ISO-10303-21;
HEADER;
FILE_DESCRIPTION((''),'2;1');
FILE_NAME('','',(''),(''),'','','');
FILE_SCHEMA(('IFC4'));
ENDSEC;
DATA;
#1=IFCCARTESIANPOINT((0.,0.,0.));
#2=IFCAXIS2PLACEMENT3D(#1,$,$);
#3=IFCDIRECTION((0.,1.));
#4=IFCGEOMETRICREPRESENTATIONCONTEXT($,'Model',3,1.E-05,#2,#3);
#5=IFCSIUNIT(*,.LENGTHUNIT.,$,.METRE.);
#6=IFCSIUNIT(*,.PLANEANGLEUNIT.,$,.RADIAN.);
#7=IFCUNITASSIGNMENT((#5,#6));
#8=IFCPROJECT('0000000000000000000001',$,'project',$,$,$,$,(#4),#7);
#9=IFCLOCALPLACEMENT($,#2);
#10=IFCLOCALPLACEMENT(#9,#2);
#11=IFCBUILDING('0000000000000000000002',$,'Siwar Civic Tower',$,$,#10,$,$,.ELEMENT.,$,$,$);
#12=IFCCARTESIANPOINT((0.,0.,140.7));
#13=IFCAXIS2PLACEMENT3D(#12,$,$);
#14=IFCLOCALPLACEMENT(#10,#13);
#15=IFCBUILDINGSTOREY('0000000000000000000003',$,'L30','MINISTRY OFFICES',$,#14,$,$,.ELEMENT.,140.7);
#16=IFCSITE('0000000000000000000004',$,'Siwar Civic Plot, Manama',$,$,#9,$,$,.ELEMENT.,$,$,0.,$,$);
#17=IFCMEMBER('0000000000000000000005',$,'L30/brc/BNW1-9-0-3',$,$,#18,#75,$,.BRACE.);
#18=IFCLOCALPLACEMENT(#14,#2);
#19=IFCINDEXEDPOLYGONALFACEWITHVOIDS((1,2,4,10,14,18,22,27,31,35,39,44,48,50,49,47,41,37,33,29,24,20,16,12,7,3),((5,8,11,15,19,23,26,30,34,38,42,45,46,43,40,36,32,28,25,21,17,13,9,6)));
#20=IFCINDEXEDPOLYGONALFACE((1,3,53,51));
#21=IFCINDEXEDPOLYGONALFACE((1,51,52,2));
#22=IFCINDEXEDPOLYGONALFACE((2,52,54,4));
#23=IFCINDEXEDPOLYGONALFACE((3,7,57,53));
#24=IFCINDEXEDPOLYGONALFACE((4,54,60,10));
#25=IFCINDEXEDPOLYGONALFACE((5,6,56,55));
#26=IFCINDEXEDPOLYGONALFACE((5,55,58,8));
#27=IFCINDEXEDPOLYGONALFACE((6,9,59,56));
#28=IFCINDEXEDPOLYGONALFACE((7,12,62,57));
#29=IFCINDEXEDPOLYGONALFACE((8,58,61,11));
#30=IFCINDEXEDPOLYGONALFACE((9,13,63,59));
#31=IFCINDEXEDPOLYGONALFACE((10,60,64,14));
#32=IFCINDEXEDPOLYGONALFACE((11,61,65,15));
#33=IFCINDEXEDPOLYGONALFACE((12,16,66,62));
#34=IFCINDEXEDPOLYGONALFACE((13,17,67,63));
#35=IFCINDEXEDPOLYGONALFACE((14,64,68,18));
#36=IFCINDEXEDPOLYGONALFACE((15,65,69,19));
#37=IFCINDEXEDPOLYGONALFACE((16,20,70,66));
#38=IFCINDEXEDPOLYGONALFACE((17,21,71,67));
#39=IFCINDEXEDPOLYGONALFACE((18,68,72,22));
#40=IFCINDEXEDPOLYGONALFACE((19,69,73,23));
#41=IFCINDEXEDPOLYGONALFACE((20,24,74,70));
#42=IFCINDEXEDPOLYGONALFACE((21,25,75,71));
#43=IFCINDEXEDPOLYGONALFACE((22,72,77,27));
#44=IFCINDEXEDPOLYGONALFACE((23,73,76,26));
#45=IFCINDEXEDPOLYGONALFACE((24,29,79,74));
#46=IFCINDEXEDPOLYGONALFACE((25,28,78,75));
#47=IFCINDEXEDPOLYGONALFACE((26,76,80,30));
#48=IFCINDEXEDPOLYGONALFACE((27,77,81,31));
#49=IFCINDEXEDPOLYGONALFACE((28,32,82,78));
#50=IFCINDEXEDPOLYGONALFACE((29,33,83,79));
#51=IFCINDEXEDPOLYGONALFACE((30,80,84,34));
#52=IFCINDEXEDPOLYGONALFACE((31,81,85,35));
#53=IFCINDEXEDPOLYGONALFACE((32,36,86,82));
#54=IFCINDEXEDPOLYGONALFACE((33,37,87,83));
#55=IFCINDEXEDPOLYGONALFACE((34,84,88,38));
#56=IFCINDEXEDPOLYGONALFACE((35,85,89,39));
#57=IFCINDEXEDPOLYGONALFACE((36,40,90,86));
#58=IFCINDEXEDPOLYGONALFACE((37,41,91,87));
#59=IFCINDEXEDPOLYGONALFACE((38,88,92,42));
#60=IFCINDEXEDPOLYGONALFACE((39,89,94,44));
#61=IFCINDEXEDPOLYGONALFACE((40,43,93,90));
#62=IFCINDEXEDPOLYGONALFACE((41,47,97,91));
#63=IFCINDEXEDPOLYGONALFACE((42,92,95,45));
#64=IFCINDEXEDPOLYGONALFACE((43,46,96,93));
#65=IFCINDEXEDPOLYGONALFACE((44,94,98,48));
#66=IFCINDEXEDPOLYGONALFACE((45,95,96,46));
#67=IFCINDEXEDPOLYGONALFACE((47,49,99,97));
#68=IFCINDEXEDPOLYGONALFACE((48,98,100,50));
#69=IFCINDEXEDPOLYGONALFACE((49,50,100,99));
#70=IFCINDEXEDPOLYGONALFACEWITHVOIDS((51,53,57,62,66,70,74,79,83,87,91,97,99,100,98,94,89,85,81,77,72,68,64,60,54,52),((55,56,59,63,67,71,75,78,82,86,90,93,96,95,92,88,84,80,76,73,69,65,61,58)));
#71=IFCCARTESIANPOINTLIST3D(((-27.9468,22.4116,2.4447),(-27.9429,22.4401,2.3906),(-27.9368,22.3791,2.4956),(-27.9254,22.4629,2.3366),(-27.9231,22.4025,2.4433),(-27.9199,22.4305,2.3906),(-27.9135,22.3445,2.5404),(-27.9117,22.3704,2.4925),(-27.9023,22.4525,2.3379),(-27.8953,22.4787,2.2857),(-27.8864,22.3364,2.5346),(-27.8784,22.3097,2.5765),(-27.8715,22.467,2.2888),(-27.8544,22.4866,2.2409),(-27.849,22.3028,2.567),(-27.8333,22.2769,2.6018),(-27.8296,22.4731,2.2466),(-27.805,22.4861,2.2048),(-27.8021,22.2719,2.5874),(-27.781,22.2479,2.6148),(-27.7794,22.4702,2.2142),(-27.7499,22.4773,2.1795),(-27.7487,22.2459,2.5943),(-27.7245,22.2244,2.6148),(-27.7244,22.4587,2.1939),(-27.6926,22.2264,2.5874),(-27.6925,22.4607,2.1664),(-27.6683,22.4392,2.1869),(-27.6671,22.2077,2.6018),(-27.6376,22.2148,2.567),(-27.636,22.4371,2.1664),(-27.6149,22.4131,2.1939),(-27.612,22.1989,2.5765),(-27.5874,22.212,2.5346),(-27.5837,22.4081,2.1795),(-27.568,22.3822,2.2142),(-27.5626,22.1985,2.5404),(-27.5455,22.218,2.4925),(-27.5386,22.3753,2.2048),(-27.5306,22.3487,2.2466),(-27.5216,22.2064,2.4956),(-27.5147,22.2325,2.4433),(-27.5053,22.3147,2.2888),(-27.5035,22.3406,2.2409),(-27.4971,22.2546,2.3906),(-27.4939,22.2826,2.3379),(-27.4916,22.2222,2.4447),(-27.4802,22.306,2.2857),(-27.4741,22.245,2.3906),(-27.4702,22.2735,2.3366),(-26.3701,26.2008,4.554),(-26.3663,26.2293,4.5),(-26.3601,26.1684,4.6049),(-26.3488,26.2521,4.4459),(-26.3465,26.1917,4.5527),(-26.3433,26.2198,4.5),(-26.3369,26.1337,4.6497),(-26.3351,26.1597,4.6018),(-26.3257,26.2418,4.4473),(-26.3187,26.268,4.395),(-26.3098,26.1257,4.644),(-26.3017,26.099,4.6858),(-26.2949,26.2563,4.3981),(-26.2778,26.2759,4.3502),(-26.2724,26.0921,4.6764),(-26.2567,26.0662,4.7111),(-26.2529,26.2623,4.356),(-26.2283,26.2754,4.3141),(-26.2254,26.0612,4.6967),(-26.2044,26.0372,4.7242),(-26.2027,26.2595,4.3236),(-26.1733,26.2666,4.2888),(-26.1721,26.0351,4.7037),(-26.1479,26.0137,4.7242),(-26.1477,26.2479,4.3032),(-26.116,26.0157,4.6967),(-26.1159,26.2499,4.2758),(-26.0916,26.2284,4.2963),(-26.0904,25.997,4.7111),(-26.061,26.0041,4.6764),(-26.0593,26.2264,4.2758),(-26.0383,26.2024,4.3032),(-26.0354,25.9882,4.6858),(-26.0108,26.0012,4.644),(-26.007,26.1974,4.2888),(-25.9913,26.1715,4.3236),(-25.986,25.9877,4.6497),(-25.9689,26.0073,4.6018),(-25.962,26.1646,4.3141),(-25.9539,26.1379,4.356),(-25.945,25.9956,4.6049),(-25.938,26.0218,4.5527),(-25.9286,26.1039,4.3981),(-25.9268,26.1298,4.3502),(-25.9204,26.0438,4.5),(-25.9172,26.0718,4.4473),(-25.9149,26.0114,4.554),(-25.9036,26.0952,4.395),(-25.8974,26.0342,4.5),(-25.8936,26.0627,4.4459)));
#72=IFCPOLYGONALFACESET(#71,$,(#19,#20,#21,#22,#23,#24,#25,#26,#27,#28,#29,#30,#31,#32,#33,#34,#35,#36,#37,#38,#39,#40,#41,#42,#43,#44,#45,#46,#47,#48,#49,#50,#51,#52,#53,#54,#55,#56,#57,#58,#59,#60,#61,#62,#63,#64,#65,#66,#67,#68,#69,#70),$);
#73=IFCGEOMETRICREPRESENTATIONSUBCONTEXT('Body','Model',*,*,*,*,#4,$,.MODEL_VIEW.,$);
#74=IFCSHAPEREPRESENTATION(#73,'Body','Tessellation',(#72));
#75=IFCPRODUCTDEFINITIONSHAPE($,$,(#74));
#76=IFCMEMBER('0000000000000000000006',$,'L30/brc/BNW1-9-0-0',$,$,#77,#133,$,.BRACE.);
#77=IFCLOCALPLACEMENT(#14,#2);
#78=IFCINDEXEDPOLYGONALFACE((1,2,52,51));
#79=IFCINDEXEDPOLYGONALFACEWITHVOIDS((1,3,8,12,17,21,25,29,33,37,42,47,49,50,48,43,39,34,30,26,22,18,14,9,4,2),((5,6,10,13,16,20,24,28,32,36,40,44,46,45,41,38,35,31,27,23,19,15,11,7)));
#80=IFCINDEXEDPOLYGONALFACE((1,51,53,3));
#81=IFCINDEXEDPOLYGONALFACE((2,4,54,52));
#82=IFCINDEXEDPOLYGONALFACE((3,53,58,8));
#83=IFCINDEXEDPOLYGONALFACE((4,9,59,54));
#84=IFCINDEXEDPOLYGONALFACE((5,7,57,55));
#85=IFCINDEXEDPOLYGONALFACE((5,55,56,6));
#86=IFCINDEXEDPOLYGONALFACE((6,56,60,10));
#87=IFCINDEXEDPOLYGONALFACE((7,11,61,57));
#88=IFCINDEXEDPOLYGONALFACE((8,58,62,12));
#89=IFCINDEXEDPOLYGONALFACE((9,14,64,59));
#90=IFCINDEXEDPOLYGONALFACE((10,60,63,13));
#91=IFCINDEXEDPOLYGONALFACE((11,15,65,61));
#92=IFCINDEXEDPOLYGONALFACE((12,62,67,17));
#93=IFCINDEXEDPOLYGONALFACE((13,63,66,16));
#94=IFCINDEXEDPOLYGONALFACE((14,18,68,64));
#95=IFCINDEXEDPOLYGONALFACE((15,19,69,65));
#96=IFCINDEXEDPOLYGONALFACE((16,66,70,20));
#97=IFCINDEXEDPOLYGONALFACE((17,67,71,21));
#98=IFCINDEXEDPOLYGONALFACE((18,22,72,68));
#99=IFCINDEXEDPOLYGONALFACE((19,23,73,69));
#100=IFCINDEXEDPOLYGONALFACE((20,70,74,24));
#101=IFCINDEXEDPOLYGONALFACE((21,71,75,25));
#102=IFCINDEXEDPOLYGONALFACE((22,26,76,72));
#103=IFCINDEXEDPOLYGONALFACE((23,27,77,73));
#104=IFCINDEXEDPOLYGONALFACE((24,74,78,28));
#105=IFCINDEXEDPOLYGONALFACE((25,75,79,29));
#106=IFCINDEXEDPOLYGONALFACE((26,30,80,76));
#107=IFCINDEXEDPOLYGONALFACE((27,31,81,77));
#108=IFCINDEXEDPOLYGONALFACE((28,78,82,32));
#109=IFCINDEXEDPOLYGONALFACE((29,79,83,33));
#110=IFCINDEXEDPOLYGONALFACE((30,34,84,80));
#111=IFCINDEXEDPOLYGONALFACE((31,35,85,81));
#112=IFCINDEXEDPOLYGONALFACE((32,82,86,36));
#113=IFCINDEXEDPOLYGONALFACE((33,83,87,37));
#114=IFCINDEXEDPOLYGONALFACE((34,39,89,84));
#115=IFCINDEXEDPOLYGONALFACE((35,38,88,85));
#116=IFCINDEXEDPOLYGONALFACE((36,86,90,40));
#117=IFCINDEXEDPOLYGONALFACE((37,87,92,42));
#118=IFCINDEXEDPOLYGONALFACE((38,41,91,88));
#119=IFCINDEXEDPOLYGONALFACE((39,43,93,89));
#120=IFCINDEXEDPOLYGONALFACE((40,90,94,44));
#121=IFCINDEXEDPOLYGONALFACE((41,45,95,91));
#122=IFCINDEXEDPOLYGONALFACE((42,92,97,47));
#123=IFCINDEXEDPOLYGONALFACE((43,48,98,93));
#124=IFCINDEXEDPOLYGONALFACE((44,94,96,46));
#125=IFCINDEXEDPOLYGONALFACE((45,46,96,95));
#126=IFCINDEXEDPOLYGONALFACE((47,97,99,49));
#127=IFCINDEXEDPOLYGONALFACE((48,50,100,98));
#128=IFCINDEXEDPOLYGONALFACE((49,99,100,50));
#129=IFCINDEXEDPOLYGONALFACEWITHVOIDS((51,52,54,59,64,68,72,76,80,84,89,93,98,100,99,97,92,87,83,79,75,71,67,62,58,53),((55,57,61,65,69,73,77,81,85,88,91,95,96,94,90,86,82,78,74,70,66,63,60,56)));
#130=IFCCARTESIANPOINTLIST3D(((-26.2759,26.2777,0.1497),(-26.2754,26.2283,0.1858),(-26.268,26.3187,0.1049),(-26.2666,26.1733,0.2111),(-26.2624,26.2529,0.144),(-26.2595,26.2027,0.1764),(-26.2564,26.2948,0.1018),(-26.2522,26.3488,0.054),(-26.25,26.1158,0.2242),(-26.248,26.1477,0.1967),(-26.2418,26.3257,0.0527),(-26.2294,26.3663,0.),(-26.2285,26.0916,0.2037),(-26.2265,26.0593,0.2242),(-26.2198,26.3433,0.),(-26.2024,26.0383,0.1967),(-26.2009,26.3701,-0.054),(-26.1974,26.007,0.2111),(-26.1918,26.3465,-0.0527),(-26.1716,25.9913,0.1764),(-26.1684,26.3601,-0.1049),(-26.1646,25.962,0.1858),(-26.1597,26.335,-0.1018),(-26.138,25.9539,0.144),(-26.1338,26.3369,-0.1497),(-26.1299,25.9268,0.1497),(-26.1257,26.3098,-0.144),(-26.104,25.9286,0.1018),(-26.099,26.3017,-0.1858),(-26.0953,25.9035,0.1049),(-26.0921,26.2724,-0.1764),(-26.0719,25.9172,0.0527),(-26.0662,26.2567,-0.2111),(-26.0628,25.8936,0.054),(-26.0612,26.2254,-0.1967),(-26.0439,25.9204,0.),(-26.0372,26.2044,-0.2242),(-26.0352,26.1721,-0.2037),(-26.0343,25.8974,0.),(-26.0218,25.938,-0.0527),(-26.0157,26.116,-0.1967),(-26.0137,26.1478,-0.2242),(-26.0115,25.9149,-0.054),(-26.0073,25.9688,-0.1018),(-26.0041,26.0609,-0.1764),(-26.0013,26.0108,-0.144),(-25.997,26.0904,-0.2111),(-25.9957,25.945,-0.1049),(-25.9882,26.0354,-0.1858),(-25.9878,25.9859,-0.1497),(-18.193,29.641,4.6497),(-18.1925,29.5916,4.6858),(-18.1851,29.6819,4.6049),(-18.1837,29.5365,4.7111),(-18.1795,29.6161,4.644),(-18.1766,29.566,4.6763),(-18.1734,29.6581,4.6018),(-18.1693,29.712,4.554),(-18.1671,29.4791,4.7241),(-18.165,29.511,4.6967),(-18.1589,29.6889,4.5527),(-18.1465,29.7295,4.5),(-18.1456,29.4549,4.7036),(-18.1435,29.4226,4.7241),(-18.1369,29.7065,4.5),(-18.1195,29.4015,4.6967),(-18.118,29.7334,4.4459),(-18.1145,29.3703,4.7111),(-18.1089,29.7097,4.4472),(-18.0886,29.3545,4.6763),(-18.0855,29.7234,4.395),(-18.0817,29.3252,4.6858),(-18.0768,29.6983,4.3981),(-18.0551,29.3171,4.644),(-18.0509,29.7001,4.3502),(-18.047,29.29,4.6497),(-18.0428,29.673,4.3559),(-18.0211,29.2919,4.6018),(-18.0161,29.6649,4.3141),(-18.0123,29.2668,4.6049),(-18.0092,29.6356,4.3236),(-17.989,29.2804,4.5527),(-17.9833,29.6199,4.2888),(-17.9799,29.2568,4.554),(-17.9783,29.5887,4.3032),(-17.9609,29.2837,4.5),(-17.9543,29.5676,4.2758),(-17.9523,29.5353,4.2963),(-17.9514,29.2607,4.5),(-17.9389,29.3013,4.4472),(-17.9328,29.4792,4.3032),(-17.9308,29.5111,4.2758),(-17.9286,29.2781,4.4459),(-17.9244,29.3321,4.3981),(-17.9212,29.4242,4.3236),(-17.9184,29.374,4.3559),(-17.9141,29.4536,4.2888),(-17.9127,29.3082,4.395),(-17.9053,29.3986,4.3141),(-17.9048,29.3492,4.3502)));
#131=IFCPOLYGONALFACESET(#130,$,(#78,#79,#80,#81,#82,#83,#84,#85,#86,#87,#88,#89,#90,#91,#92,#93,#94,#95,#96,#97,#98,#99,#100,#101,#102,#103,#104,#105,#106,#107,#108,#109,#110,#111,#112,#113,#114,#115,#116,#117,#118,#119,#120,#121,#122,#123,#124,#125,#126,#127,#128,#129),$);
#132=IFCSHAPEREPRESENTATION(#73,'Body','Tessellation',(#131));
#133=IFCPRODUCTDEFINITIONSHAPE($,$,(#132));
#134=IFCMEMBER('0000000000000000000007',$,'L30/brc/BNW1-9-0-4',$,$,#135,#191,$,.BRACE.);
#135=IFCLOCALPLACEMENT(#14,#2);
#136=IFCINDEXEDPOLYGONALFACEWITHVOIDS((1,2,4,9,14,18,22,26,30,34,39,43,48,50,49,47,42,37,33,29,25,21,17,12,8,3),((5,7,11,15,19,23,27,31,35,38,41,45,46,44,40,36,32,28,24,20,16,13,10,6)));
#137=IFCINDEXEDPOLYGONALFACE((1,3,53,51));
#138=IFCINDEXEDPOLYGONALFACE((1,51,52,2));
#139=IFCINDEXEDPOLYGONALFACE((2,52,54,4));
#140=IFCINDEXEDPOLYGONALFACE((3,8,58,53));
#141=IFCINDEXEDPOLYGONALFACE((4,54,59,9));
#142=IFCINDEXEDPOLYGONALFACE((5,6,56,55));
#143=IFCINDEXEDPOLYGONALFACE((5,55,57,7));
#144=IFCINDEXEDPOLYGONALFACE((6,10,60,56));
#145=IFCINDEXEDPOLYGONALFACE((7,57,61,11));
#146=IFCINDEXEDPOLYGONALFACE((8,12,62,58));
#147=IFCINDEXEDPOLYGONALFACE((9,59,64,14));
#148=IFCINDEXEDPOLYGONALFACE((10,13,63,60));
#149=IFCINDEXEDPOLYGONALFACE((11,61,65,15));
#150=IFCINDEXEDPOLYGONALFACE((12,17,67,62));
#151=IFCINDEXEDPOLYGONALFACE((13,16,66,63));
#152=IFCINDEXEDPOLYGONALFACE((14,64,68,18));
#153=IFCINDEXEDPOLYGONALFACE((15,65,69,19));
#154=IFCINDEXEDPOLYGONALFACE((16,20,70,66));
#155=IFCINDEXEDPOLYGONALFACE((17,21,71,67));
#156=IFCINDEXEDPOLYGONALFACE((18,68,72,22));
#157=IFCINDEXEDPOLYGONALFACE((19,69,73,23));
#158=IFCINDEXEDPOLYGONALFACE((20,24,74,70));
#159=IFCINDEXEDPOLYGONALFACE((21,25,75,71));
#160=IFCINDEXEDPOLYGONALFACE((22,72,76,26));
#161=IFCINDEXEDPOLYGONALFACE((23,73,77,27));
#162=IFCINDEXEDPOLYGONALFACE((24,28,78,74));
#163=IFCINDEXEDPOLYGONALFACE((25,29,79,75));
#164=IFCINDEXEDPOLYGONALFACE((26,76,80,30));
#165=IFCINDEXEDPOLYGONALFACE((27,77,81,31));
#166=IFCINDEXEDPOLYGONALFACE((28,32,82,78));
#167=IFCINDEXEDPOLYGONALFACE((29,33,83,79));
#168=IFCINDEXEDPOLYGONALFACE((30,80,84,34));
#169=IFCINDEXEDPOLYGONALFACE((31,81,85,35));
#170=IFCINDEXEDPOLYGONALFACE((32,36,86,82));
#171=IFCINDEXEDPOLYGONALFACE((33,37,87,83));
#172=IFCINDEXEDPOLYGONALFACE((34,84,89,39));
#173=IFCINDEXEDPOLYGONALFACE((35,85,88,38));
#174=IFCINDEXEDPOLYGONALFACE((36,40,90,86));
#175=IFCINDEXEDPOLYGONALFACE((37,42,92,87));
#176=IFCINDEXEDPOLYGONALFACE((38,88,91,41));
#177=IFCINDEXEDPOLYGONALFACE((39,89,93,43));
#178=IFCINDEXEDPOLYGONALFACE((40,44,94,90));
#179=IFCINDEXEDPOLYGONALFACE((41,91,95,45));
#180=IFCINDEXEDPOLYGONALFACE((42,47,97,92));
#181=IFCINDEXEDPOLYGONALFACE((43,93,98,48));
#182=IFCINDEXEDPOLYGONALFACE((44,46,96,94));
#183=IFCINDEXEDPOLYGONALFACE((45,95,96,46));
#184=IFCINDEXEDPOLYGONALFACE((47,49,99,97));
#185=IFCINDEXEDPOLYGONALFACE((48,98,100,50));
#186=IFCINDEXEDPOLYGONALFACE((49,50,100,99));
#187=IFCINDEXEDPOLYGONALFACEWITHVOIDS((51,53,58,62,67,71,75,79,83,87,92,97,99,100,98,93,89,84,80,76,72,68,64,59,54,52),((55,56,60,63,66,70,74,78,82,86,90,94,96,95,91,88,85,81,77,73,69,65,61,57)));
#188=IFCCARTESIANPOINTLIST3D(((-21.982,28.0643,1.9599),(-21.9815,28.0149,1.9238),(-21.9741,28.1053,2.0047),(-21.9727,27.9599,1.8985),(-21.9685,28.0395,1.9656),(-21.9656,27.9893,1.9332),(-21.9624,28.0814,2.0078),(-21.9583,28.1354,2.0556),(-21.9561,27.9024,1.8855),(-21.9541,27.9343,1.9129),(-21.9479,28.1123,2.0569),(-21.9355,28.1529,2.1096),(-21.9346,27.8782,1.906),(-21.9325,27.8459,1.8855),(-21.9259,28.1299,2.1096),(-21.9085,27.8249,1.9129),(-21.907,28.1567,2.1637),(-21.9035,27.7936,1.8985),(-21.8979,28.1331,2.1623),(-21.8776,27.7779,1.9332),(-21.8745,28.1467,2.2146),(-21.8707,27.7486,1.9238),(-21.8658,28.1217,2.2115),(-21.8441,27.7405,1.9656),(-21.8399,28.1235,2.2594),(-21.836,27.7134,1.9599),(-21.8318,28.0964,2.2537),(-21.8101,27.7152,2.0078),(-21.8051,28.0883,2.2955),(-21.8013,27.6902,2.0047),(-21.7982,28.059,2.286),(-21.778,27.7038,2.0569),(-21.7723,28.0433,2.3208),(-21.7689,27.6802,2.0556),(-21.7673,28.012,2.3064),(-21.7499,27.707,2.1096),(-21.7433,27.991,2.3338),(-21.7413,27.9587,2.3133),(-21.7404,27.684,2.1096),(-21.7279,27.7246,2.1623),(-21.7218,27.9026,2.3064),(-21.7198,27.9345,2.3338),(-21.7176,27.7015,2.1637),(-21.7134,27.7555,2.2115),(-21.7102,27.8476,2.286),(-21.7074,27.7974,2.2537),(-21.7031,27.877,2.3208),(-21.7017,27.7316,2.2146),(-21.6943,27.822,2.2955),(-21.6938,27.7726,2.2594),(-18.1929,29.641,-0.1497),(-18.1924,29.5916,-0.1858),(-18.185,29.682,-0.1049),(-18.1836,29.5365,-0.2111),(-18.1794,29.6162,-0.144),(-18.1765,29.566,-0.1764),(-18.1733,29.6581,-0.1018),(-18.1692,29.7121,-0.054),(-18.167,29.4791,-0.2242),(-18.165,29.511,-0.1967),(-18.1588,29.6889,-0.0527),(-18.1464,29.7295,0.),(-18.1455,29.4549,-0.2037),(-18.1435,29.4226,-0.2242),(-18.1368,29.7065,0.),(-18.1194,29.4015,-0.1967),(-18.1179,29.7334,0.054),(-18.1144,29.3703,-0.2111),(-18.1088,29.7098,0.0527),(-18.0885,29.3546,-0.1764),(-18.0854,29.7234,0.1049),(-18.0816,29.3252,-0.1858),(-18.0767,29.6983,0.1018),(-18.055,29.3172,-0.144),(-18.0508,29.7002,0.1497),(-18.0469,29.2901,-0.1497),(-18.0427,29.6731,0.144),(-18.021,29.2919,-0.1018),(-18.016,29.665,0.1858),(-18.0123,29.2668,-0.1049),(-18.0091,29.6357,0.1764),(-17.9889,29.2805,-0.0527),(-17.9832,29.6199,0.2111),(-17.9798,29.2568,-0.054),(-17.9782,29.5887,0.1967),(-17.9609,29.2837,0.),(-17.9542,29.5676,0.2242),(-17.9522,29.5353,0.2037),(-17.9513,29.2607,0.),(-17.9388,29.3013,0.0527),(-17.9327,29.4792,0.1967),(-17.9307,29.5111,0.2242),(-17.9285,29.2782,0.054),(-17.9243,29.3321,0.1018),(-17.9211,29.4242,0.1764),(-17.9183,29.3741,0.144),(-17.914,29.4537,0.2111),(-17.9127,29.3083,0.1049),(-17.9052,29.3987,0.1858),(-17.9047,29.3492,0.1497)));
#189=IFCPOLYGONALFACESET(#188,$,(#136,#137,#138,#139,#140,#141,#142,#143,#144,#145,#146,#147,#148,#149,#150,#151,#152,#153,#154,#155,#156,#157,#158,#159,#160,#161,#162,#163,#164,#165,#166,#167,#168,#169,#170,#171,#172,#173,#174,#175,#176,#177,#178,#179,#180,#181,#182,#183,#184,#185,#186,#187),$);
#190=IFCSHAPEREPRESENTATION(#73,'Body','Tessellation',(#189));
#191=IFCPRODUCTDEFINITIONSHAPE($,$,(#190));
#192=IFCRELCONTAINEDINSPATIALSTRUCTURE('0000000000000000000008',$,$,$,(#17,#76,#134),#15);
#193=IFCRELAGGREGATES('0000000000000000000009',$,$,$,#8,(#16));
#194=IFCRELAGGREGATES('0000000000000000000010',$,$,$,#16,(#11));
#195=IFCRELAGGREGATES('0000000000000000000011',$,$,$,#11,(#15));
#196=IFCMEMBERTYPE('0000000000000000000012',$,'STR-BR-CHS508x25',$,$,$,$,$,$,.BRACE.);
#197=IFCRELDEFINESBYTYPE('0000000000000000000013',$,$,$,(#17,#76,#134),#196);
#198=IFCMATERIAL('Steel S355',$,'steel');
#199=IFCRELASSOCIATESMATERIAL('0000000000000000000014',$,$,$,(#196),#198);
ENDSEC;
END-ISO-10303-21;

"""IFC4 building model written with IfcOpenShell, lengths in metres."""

from ifc_helpers import new_model, si_unit, direction, frame, origin, origin_2d, place, context, subcontext, project, spatial, hollow_circle, extrude, material, material_profile, profile_set, type_object, element, save


model = new_model("IFC4")

# Units and contexts
model_context = context("Model", 3, precision=1e-05, world=origin(), true_north=direction((0.0, 1.0)))
body_context = subcontext(model_context, "Body", "Model", "MODEL_VIEW")
ifc_project = project(units=[si_unit("LENGTHUNIT", "METRE"), si_unit("PLANEANGLEUNIT", "RADIAN")], contexts=[model_context])

# Site, building, storey
site_placement = place(None, origin())
site = spatial("IfcSite", under=ifc_project, at=site_placement, Name="Siwar Civic Plot, Manama", CompositionType="ELEMENT", RefElevation=0.0)
building_placement = place(site_placement, origin())
building = spatial("IfcBuilding", under=site, at=building_placement, Name="Siwar Civic Tower", CompositionType="ELEMENT")
storey_placement = place(building_placement, frame((0.0, 0.0, 140.7)))
storey = spatial("IfcBuildingStorey", under=building, at=storey_placement, Name="L30", Description="MINISTRY OFFICES", CompositionType="ELEMENT", Elevation=140.7)

# Members
ifc_material_1 = material(Name="Steel S355", Category="steel")
ifc_material_profile_1 = material_profile(ifc_material_1, hollow_circle(Radius=0.2539, WallThickness=0.0249, at=origin_2d()), Name="CHS508x25")
ifc_profile_set_1 = profile_set([ifc_material_profile_1], Name="Steel S355")
member_type_1 = type_object("IfcMemberType", Name="STR-BR-CHS508x25", PredefinedType="BRACE", material=ifc_profile_set_1)
member_1_placement = place(storey_placement, frame((-27.7085, 22.3425, 2.3906), z_axis=(0.341671, 0.821163, 0.457113), x_axis=(-0.923269, 0.384155, 0.0)))
element("IfcMember", 1, at=member_1_placement, inside=storey, type_object=member_type_1, Name="L30/brc/BNW1-9-0-3", PredefinedType="BRACE", context=body_context, shape_type="SweptSolid", body=[
    extrude(hollow_circle(Radius=0.2539, WallThickness=0.0249, at=origin_2d()), origin(), (0.0, 0.0, 1.0), 4.6145),
])
member_2_placement = place(storey_placement, frame((-26.1318, 26.1318, 0.0), z_axis=(0.821143, 0.341671, 0.457149), x_axis=(-0.384164, 0.923265, 0.0)))
element("IfcMember", 2, at=member_2_placement, inside=storey, type_object=member_type_1, Name="L30/brc/BNW1-9-0-0", PredefinedType="BRACE", context=body_context, shape_type="SweptSolid", body=[
    extrude(hollow_circle(Radius=0.2539, WallThickness=0.0249, at=origin_2d()), origin(), (0.0, 0.0, 1.0), 9.8435),
])
for number, where, z_axis, x_axis, name in (
    (3, (-18.0488, 29.4951, 0.0), (-0.821126, -0.341677, 0.457175), (0.384176, -0.92326, 0.0), "L30/brc/BNW1-9-0-4"),
):
    element("IfcMember", number, at=place(storey_placement, frame(where, z_axis=z_axis, x_axis=x_axis)), inside=storey, type_object=member_type_1, Name=name, PredefinedType="BRACE", context=body_context, shape_type="SweptSolid", body=[
        extrude(hollow_circle(Radius=0.2539, WallThickness=0.0249, at=origin_2d()), origin(), (0.0, 0.0, 1.0), 4.6145),
    ])

save(model, "model.ifc")
